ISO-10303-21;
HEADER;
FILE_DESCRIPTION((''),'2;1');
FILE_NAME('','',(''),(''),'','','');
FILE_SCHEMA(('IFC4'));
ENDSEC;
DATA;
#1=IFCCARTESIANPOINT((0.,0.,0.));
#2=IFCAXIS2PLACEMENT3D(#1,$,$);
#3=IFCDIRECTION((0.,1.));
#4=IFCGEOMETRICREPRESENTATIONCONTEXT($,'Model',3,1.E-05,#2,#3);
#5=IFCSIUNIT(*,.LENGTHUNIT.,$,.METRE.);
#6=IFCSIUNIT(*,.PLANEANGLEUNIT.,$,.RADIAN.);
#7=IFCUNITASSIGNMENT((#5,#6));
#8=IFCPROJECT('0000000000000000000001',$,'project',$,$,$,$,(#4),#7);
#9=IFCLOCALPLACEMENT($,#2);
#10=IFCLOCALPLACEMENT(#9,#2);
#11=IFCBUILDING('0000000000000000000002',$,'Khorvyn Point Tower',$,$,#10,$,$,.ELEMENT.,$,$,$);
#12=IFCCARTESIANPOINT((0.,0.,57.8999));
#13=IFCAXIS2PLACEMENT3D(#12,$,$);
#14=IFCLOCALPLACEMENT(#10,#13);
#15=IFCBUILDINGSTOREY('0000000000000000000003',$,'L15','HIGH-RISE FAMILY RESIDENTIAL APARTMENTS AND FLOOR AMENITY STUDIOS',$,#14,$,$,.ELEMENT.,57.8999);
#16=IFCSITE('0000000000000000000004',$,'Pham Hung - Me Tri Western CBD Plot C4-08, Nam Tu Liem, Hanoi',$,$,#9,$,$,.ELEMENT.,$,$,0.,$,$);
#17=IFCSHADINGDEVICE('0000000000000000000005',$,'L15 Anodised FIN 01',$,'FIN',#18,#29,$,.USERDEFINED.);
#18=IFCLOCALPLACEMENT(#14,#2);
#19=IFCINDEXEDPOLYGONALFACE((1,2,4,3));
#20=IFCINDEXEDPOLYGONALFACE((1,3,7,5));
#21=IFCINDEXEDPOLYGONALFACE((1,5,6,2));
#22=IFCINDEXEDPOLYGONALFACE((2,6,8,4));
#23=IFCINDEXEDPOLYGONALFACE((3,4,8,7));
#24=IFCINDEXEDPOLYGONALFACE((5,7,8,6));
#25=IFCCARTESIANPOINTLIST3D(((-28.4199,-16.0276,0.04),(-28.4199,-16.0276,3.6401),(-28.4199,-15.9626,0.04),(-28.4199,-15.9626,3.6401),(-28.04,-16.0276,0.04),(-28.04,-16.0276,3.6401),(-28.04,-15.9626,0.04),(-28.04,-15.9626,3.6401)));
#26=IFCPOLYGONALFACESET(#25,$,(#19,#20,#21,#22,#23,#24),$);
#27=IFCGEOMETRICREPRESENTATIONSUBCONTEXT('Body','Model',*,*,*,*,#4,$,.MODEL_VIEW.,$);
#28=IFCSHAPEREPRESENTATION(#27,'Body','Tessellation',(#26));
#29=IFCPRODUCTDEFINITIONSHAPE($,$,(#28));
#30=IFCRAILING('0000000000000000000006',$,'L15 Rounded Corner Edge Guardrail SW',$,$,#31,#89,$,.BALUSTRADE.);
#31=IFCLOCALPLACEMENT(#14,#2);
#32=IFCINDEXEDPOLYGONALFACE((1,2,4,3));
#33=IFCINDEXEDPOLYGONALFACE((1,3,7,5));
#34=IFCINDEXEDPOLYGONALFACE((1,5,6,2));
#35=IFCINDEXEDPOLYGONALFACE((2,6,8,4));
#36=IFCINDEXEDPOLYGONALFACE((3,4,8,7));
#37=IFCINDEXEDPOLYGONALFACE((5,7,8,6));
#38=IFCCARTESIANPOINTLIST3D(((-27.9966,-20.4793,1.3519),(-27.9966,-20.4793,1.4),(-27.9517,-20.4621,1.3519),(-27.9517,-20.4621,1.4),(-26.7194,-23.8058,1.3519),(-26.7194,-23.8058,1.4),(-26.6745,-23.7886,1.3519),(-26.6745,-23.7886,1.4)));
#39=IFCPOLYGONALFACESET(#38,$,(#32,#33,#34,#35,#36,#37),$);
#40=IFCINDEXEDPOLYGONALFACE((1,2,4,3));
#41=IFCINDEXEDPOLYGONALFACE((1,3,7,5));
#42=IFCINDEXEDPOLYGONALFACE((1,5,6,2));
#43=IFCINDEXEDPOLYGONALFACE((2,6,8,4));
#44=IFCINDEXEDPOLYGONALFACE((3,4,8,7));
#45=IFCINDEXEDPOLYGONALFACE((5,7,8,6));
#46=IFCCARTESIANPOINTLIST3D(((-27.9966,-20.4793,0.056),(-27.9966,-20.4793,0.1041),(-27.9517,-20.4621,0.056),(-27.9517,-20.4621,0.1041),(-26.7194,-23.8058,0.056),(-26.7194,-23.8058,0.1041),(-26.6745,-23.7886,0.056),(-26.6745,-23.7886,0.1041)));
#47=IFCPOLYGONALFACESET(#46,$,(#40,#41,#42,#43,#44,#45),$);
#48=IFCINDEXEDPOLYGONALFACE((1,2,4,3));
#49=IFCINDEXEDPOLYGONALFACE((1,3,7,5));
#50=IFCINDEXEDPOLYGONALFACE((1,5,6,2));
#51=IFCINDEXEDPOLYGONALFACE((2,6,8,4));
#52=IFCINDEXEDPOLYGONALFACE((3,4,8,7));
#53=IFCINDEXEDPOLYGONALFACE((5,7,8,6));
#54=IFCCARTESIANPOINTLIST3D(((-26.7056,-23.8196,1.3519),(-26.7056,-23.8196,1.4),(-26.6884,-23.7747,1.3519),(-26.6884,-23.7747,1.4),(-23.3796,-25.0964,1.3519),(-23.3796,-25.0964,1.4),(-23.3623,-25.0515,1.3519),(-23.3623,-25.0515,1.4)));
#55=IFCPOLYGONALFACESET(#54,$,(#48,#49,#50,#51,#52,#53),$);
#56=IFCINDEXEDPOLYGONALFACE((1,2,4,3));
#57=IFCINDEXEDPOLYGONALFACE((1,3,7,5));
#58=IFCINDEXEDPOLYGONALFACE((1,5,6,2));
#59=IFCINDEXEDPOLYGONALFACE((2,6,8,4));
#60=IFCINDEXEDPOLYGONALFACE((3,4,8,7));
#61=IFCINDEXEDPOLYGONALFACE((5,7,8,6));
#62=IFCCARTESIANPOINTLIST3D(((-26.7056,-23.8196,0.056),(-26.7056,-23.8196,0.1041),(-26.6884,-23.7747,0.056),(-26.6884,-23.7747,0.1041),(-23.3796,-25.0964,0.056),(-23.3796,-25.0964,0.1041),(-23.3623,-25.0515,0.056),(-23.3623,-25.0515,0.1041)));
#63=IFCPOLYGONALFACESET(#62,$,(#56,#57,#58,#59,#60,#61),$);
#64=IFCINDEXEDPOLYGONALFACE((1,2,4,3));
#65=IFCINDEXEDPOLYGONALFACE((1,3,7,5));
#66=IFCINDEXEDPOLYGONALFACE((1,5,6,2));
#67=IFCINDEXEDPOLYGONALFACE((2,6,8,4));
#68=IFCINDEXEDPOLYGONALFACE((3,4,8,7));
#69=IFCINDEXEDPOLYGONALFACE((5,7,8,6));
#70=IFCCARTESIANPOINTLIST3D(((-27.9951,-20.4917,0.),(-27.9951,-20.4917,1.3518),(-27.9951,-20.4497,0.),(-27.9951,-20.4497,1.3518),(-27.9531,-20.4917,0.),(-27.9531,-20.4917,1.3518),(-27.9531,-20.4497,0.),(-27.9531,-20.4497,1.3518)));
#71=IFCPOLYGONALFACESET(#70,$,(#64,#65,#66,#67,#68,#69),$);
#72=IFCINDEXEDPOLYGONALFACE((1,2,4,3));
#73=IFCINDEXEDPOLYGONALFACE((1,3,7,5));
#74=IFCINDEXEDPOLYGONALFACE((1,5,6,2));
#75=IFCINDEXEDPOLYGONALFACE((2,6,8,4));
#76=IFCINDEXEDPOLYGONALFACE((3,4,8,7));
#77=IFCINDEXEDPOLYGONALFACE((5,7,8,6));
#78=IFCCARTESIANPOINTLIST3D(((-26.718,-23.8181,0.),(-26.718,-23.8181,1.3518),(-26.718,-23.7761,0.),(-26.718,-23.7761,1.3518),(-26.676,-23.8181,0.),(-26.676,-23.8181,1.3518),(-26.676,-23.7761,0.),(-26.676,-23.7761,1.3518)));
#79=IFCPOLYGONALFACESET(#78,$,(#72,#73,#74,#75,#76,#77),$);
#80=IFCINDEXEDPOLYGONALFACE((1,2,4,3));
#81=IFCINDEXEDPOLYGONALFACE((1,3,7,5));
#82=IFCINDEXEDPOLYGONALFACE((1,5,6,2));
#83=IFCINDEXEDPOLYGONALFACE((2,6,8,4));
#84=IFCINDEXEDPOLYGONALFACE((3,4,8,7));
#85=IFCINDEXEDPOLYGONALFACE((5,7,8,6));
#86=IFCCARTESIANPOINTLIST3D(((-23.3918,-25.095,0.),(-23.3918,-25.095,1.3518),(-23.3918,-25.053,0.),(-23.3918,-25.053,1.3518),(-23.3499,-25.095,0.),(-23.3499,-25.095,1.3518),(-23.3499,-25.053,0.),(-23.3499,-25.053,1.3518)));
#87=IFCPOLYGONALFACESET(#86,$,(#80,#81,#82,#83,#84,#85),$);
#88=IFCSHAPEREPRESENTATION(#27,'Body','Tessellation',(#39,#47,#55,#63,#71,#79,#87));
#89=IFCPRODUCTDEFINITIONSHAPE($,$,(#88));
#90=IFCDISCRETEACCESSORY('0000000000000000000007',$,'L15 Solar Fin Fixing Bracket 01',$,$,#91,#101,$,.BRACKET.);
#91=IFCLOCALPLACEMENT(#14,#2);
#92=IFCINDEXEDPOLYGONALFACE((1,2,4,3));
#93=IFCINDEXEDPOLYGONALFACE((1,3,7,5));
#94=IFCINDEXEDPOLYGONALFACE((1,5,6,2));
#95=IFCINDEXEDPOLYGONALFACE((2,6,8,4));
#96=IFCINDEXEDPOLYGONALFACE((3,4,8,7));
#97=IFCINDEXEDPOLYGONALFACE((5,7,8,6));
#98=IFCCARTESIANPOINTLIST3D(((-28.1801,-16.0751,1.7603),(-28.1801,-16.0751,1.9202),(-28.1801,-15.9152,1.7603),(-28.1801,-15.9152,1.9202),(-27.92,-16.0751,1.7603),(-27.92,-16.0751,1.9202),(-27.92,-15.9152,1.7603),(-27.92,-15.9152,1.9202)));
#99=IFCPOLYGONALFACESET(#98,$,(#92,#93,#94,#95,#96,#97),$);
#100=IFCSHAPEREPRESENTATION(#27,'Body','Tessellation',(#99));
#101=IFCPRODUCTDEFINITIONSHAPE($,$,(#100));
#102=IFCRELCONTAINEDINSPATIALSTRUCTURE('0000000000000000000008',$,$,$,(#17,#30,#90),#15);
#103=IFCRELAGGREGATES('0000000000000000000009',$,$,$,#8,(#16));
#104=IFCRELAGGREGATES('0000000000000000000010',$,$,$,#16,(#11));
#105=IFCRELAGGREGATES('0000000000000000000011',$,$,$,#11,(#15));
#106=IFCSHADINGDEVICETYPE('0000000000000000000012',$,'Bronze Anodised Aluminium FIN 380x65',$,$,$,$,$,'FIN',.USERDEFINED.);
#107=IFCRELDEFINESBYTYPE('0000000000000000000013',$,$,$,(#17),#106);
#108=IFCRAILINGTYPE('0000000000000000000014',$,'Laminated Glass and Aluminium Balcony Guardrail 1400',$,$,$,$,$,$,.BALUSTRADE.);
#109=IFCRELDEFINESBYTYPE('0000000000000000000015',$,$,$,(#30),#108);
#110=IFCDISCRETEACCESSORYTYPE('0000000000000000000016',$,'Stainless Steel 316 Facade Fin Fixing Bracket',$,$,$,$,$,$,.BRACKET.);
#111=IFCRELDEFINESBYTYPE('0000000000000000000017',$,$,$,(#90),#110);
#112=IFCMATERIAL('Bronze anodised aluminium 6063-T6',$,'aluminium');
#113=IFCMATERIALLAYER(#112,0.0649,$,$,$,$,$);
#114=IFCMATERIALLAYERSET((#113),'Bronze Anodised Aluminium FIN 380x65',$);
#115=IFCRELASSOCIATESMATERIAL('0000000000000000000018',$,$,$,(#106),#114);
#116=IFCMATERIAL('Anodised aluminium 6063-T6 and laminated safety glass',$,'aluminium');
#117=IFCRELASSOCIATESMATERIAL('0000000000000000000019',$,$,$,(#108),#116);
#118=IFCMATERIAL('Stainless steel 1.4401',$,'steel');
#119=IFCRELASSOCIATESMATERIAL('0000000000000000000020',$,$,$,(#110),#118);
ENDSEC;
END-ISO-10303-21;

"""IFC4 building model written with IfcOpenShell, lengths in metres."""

from ifc_helpers import new_model, si_unit, direction, frame, origin, origin_2d, place, context, subcontext, project, spatial, rectangle, extrude, material, layer, layer_set, type_object, element, save


model = new_model("IFC4")

# Units and contexts
model_context = context("Model", 3, precision=1e-05, world=origin(), true_north=direction((0.0, 1.0)))
body_context = subcontext(model_context, "Body", "Model", "MODEL_VIEW")
ifc_project = project(units=[si_unit("LENGTHUNIT", "METRE"), si_unit("PLANEANGLEUNIT", "RADIAN")], contexts=[model_context])

# Site, building, storey
site_placement = place(None, origin())
site = spatial("IfcSite", under=ifc_project, at=site_placement, Name="Pham Hung - Me Tri Western CBD Plot C4-08, Nam Tu Liem, Hanoi", CompositionType="ELEMENT", RefElevation=0.0)
building_placement = place(site_placement, origin())
building = spatial("IfcBuilding", under=site, at=building_placement, Name="Khorvyn Point Tower", CompositionType="ELEMENT")
storey_placement = place(building_placement, frame((0.0, 0.0, 57.8999)))
storey = spatial("IfcBuildingStorey", under=building, at=storey_placement, Name="L15", Description="HIGH-RISE FAMILY RESIDENTIAL APARTMENTS AND FLOOR AMENITY STUDIOS", CompositionType="ELEMENT", Elevation=57.8999)

# Shading device
ifc_material_1 = material(Name="Bronze anodised aluminium 6063-T6", Category="aluminium")
ifc_layer_1 = layer(ifc_material_1, 0.0649)
ifc_layer_set_1 = layer_set([ifc_layer_1], Name="Bronze Anodised Aluminium FIN 380x65")
shading_device_type = type_object("IfcShadingDeviceType", Name="Bronze Anodised Aluminium FIN 380x65", ElementType="FIN", PredefinedType="USERDEFINED", material=ifc_layer_set_1)
shading_device_placement = place(storey_placement, frame((-28.23, -15.9951, 0.04), z_axis=(0.0, 0.0, 1.0), x_axis=(-1.0, 0.0, 0.0)))
element("IfcShadingDevice", 1, at=shading_device_placement, inside=storey, type_object=shading_device_type, Name="L15 Anodised FIN 01", ObjectType="FIN", PredefinedType="USERDEFINED", context=body_context, shape_type="SweptSolid", body=[
    extrude(rectangle(XDim=0.3799, YDim=0.0649, at=origin_2d()), origin(), (0.0, 0.0, 1.0), 3.6001),
])

# Railing
ifc_material_2 = material(Name="Anodised aluminium 6063-T6 and laminated safety glass", Category="aluminium")
railing_type = type_object("IfcRailingType", Name="Laminated Glass and Aluminium Balcony Guardrail 1400", PredefinedType="BALUSTRADE", material=ifc_material_2)
railing_placement = place(storey_placement, frame((-27.9741, -20.4707, 0.0)))
element("IfcRailing", 2, at=railing_placement, inside=storey, type_object=railing_type, Name="L15 Rounded Corner Edge Guardrail SW", PredefinedType="BALUSTRADE", context=body_context, shape_type="SweptSolid", body=[
    extrude(rectangle(XDim=0.0481, YDim=0.0481, at=origin_2d()), frame((0.0, 0.0, 1.376), z_axis=(0.358419, -0.933561, 0.0), x_axis=(0.933561, 0.358419, 0.0)), (0.0, 0.0, 1.0), 3.5632),
    extrude(rectangle(XDim=0.0481, YDim=0.0481, at=origin_2d()), frame((0.0, 0.0, 0.0801), z_axis=(0.358419, -0.933561, 0.0), x_axis=(0.933561, 0.358419, 0.0)), (0.0, 0.0, 1.0), 3.5632),
    extrude(rectangle(XDim=0.0481, YDim=0.0481, at=origin_2d()), frame((1.2771, -3.3264, 1.376), z_axis=(0.933575, -0.358382, 0.0), x_axis=(0.358382, 0.933575, 0.0)), (0.0, 0.0, 1.0), 3.5627),
    extrude(rectangle(XDim=0.0481, YDim=0.0481, at=origin_2d()), frame((1.2771, -3.3264, 0.0801), z_axis=(0.933575, -0.358382, 0.0), x_axis=(0.358382, 0.933575, 0.0)), (0.0, 0.0, 1.0), 3.5627),
    extrude(rectangle(XDim=0.042, YDim=0.042, at=origin_2d()), origin(), (0.0, 0.0, 1.0), 1.3518),
    extrude(rectangle(XDim=0.042, YDim=0.042, at=origin_2d()), frame((1.2771, -3.3264, 0.0)), (0.0, 0.0, 1.0), 1.3518),
    extrude(rectangle(XDim=0.042, YDim=0.042, at=origin_2d()), frame((4.6033, -4.6033, 0.0)), (0.0, 0.0, 1.0), 1.3518),
])

# Discrete accessory
ifc_material_3 = material(Name="Stainless steel 1.4401", Category="steel")
discrete_accessory_type = type_object("IfcDiscreteAccessoryType", Name="Stainless Steel 316 Facade Fin Fixing Bracket", PredefinedType="BRACKET", material=ifc_material_3)
discrete_accessory_placement = place(storey_placement, frame((-28.05, -15.9951, 1.7603), z_axis=(0.0, 0.0, 1.0), x_axis=(0.0, 1.0, 0.0)))
element("IfcDiscreteAccessory", 3, at=discrete_accessory_placement, inside=storey, type_object=discrete_accessory_type, Name="L15 Solar Fin Fixing Bracket 01", PredefinedType="BRACKET", context=body_context, shape_type="SweptSolid", body=[
    extrude(rectangle(XDim=0.1599, YDim=0.26, at=origin_2d()), origin(), (0.0, 0.0, 1.0), 0.1599),
])

save(model, "model.ifc")
